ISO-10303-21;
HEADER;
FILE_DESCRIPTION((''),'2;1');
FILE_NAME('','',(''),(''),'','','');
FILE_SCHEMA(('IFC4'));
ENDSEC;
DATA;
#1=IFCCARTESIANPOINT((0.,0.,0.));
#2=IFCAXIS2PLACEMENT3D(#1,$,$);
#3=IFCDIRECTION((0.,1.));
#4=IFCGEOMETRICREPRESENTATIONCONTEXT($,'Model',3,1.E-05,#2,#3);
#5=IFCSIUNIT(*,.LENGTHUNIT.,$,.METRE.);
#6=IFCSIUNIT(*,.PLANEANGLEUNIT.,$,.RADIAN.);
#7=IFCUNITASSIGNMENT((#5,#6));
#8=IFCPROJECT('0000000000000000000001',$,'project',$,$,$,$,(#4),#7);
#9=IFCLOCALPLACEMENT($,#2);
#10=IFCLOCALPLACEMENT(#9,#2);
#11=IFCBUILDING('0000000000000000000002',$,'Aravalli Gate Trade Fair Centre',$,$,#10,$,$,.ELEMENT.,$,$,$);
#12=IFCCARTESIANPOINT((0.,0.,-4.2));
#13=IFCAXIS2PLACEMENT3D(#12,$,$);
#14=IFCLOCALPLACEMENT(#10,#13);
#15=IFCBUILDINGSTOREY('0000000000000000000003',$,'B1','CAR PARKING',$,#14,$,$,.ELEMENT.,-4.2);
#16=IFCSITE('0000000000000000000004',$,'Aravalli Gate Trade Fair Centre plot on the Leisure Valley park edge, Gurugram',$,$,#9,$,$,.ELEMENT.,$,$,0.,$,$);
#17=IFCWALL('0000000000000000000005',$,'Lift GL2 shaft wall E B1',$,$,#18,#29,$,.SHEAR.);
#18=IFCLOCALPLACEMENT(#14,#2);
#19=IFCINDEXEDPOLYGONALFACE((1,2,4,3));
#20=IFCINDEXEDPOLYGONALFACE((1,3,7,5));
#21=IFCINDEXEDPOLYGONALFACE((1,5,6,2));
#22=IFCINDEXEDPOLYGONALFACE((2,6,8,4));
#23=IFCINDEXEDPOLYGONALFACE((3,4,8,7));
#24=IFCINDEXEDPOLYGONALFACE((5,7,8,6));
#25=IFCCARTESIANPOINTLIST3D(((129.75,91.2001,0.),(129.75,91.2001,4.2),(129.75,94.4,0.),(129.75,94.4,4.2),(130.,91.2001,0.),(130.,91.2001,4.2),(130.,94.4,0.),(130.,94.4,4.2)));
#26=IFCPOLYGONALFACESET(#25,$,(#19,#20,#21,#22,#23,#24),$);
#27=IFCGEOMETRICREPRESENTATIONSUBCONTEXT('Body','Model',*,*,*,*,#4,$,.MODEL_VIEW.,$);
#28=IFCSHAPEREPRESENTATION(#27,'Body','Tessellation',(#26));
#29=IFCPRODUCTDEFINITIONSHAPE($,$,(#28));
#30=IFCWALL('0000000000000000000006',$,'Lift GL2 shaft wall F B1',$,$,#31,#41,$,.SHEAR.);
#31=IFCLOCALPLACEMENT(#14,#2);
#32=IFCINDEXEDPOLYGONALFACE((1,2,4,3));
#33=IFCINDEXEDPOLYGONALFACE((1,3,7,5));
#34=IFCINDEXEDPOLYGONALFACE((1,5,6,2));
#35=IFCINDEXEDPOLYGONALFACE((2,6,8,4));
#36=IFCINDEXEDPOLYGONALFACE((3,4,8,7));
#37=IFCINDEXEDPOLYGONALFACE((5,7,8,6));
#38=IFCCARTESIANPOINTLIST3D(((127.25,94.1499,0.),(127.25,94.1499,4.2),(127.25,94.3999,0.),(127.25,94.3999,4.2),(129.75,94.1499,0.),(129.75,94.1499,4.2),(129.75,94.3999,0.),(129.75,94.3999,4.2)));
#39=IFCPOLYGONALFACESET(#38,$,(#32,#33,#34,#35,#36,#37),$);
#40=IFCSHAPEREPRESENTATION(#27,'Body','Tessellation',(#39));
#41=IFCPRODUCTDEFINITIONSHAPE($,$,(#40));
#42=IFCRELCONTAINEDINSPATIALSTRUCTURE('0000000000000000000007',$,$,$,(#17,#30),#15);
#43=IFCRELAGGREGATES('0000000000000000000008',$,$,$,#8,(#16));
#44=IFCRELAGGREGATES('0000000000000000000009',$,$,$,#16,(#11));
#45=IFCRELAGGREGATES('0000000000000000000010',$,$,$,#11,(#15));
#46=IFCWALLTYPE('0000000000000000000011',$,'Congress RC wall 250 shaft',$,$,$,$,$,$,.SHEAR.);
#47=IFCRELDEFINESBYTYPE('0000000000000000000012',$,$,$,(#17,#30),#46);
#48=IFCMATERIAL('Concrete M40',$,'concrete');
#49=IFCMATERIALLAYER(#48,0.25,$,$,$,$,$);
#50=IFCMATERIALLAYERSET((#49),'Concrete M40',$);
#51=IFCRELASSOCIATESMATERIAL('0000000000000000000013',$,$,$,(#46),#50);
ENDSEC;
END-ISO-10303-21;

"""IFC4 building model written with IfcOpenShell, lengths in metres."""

from ifc_helpers import new_model, si_unit, direction, frame, frame_2d, origin, place, context, subcontext, project, spatial, rectangle, extrude, material, layer, layer_set, type_object, element, save


model = new_model("IFC4")

# Units and contexts
model_context = context("Model", 3, precision=1e-05, world=origin(), true_north=direction((0.0, 1.0)))
body_context = subcontext(model_context, "Body", "Model", "MODEL_VIEW")
ifc_project = project(units=[si_unit("LENGTHUNIT", "METRE"), si_unit("PLANEANGLEUNIT", "RADIAN")], contexts=[model_context])

# Site, building, storey
site_placement = place(None, origin())
site = spatial("IfcSite", under=ifc_project, at=site_placement, Name="Aravalli Gate Trade Fair Centre plot on the Leisure Valley park edge, Gurugram", CompositionType="ELEMENT", RefElevation=0.0)
building_placement = place(site_placement, origin())
building = spatial("IfcBuilding", under=site, at=building_placement, Name="Aravalli Gate Trade Fair Centre", CompositionType="ELEMENT")
storey_placement = place(building_placement, frame((0.0, 0.0, -4.2)))
storey = spatial("IfcBuildingStorey", under=building, at=storey_placement, Name="B1", Description="CAR PARKING", CompositionType="ELEMENT", Elevation=-4.2)

# Shared definitions
ifc_material_1 = material(Name="Concrete M40", Category="concrete")

# Walls
ifc_layer_1 = layer(ifc_material_1, 0.25)
ifc_layer_set_1 = layer_set([ifc_layer_1], Name="Concrete M40")
wall_type_1 = type_object("IfcWallType", Name="Congress RC wall 250 shaft", PredefinedType="SHEAR", material=ifc_layer_set_1)
wall_1_placement = place(storey_placement, frame((129.875, 91.2, 0.0), z_axis=(0.0, 0.0, 1.0), x_axis=(0.0, 1.0, 0.0)))
element("IfcWall", 1, at=wall_1_placement, inside=storey, type_object=wall_type_1, Name="Lift GL2 shaft wall E B1", PredefinedType="SHEAR", context=body_context, shape_type="SweptSolid", body=[
    extrude(rectangle(XDim=3.2, YDim=0.25, at=frame_2d((1.6001, 0.0))), origin(), (0.0, 0.0, 1.0), 4.2),
])
wall_2_placement = place(storey_placement, frame((127.25, 94.2749, 0.0), z_axis=(0.0, 0.0, 1.0), x_axis=(1.0, 0.0, 0.0)))
element("IfcWall", 2, at=wall_2_placement, inside=storey, type_object=wall_type_1, Name="Lift GL2 shaft wall F B1", PredefinedType="SHEAR", context=body_context, shape_type="SweptSolid", body=[
    extrude(rectangle(XDim=2.5, YDim=0.25, at=frame_2d((1.25, 0.0))), origin(), (0.0, 0.0, 1.0), 4.2),
])

save(model, "model.ifc")
